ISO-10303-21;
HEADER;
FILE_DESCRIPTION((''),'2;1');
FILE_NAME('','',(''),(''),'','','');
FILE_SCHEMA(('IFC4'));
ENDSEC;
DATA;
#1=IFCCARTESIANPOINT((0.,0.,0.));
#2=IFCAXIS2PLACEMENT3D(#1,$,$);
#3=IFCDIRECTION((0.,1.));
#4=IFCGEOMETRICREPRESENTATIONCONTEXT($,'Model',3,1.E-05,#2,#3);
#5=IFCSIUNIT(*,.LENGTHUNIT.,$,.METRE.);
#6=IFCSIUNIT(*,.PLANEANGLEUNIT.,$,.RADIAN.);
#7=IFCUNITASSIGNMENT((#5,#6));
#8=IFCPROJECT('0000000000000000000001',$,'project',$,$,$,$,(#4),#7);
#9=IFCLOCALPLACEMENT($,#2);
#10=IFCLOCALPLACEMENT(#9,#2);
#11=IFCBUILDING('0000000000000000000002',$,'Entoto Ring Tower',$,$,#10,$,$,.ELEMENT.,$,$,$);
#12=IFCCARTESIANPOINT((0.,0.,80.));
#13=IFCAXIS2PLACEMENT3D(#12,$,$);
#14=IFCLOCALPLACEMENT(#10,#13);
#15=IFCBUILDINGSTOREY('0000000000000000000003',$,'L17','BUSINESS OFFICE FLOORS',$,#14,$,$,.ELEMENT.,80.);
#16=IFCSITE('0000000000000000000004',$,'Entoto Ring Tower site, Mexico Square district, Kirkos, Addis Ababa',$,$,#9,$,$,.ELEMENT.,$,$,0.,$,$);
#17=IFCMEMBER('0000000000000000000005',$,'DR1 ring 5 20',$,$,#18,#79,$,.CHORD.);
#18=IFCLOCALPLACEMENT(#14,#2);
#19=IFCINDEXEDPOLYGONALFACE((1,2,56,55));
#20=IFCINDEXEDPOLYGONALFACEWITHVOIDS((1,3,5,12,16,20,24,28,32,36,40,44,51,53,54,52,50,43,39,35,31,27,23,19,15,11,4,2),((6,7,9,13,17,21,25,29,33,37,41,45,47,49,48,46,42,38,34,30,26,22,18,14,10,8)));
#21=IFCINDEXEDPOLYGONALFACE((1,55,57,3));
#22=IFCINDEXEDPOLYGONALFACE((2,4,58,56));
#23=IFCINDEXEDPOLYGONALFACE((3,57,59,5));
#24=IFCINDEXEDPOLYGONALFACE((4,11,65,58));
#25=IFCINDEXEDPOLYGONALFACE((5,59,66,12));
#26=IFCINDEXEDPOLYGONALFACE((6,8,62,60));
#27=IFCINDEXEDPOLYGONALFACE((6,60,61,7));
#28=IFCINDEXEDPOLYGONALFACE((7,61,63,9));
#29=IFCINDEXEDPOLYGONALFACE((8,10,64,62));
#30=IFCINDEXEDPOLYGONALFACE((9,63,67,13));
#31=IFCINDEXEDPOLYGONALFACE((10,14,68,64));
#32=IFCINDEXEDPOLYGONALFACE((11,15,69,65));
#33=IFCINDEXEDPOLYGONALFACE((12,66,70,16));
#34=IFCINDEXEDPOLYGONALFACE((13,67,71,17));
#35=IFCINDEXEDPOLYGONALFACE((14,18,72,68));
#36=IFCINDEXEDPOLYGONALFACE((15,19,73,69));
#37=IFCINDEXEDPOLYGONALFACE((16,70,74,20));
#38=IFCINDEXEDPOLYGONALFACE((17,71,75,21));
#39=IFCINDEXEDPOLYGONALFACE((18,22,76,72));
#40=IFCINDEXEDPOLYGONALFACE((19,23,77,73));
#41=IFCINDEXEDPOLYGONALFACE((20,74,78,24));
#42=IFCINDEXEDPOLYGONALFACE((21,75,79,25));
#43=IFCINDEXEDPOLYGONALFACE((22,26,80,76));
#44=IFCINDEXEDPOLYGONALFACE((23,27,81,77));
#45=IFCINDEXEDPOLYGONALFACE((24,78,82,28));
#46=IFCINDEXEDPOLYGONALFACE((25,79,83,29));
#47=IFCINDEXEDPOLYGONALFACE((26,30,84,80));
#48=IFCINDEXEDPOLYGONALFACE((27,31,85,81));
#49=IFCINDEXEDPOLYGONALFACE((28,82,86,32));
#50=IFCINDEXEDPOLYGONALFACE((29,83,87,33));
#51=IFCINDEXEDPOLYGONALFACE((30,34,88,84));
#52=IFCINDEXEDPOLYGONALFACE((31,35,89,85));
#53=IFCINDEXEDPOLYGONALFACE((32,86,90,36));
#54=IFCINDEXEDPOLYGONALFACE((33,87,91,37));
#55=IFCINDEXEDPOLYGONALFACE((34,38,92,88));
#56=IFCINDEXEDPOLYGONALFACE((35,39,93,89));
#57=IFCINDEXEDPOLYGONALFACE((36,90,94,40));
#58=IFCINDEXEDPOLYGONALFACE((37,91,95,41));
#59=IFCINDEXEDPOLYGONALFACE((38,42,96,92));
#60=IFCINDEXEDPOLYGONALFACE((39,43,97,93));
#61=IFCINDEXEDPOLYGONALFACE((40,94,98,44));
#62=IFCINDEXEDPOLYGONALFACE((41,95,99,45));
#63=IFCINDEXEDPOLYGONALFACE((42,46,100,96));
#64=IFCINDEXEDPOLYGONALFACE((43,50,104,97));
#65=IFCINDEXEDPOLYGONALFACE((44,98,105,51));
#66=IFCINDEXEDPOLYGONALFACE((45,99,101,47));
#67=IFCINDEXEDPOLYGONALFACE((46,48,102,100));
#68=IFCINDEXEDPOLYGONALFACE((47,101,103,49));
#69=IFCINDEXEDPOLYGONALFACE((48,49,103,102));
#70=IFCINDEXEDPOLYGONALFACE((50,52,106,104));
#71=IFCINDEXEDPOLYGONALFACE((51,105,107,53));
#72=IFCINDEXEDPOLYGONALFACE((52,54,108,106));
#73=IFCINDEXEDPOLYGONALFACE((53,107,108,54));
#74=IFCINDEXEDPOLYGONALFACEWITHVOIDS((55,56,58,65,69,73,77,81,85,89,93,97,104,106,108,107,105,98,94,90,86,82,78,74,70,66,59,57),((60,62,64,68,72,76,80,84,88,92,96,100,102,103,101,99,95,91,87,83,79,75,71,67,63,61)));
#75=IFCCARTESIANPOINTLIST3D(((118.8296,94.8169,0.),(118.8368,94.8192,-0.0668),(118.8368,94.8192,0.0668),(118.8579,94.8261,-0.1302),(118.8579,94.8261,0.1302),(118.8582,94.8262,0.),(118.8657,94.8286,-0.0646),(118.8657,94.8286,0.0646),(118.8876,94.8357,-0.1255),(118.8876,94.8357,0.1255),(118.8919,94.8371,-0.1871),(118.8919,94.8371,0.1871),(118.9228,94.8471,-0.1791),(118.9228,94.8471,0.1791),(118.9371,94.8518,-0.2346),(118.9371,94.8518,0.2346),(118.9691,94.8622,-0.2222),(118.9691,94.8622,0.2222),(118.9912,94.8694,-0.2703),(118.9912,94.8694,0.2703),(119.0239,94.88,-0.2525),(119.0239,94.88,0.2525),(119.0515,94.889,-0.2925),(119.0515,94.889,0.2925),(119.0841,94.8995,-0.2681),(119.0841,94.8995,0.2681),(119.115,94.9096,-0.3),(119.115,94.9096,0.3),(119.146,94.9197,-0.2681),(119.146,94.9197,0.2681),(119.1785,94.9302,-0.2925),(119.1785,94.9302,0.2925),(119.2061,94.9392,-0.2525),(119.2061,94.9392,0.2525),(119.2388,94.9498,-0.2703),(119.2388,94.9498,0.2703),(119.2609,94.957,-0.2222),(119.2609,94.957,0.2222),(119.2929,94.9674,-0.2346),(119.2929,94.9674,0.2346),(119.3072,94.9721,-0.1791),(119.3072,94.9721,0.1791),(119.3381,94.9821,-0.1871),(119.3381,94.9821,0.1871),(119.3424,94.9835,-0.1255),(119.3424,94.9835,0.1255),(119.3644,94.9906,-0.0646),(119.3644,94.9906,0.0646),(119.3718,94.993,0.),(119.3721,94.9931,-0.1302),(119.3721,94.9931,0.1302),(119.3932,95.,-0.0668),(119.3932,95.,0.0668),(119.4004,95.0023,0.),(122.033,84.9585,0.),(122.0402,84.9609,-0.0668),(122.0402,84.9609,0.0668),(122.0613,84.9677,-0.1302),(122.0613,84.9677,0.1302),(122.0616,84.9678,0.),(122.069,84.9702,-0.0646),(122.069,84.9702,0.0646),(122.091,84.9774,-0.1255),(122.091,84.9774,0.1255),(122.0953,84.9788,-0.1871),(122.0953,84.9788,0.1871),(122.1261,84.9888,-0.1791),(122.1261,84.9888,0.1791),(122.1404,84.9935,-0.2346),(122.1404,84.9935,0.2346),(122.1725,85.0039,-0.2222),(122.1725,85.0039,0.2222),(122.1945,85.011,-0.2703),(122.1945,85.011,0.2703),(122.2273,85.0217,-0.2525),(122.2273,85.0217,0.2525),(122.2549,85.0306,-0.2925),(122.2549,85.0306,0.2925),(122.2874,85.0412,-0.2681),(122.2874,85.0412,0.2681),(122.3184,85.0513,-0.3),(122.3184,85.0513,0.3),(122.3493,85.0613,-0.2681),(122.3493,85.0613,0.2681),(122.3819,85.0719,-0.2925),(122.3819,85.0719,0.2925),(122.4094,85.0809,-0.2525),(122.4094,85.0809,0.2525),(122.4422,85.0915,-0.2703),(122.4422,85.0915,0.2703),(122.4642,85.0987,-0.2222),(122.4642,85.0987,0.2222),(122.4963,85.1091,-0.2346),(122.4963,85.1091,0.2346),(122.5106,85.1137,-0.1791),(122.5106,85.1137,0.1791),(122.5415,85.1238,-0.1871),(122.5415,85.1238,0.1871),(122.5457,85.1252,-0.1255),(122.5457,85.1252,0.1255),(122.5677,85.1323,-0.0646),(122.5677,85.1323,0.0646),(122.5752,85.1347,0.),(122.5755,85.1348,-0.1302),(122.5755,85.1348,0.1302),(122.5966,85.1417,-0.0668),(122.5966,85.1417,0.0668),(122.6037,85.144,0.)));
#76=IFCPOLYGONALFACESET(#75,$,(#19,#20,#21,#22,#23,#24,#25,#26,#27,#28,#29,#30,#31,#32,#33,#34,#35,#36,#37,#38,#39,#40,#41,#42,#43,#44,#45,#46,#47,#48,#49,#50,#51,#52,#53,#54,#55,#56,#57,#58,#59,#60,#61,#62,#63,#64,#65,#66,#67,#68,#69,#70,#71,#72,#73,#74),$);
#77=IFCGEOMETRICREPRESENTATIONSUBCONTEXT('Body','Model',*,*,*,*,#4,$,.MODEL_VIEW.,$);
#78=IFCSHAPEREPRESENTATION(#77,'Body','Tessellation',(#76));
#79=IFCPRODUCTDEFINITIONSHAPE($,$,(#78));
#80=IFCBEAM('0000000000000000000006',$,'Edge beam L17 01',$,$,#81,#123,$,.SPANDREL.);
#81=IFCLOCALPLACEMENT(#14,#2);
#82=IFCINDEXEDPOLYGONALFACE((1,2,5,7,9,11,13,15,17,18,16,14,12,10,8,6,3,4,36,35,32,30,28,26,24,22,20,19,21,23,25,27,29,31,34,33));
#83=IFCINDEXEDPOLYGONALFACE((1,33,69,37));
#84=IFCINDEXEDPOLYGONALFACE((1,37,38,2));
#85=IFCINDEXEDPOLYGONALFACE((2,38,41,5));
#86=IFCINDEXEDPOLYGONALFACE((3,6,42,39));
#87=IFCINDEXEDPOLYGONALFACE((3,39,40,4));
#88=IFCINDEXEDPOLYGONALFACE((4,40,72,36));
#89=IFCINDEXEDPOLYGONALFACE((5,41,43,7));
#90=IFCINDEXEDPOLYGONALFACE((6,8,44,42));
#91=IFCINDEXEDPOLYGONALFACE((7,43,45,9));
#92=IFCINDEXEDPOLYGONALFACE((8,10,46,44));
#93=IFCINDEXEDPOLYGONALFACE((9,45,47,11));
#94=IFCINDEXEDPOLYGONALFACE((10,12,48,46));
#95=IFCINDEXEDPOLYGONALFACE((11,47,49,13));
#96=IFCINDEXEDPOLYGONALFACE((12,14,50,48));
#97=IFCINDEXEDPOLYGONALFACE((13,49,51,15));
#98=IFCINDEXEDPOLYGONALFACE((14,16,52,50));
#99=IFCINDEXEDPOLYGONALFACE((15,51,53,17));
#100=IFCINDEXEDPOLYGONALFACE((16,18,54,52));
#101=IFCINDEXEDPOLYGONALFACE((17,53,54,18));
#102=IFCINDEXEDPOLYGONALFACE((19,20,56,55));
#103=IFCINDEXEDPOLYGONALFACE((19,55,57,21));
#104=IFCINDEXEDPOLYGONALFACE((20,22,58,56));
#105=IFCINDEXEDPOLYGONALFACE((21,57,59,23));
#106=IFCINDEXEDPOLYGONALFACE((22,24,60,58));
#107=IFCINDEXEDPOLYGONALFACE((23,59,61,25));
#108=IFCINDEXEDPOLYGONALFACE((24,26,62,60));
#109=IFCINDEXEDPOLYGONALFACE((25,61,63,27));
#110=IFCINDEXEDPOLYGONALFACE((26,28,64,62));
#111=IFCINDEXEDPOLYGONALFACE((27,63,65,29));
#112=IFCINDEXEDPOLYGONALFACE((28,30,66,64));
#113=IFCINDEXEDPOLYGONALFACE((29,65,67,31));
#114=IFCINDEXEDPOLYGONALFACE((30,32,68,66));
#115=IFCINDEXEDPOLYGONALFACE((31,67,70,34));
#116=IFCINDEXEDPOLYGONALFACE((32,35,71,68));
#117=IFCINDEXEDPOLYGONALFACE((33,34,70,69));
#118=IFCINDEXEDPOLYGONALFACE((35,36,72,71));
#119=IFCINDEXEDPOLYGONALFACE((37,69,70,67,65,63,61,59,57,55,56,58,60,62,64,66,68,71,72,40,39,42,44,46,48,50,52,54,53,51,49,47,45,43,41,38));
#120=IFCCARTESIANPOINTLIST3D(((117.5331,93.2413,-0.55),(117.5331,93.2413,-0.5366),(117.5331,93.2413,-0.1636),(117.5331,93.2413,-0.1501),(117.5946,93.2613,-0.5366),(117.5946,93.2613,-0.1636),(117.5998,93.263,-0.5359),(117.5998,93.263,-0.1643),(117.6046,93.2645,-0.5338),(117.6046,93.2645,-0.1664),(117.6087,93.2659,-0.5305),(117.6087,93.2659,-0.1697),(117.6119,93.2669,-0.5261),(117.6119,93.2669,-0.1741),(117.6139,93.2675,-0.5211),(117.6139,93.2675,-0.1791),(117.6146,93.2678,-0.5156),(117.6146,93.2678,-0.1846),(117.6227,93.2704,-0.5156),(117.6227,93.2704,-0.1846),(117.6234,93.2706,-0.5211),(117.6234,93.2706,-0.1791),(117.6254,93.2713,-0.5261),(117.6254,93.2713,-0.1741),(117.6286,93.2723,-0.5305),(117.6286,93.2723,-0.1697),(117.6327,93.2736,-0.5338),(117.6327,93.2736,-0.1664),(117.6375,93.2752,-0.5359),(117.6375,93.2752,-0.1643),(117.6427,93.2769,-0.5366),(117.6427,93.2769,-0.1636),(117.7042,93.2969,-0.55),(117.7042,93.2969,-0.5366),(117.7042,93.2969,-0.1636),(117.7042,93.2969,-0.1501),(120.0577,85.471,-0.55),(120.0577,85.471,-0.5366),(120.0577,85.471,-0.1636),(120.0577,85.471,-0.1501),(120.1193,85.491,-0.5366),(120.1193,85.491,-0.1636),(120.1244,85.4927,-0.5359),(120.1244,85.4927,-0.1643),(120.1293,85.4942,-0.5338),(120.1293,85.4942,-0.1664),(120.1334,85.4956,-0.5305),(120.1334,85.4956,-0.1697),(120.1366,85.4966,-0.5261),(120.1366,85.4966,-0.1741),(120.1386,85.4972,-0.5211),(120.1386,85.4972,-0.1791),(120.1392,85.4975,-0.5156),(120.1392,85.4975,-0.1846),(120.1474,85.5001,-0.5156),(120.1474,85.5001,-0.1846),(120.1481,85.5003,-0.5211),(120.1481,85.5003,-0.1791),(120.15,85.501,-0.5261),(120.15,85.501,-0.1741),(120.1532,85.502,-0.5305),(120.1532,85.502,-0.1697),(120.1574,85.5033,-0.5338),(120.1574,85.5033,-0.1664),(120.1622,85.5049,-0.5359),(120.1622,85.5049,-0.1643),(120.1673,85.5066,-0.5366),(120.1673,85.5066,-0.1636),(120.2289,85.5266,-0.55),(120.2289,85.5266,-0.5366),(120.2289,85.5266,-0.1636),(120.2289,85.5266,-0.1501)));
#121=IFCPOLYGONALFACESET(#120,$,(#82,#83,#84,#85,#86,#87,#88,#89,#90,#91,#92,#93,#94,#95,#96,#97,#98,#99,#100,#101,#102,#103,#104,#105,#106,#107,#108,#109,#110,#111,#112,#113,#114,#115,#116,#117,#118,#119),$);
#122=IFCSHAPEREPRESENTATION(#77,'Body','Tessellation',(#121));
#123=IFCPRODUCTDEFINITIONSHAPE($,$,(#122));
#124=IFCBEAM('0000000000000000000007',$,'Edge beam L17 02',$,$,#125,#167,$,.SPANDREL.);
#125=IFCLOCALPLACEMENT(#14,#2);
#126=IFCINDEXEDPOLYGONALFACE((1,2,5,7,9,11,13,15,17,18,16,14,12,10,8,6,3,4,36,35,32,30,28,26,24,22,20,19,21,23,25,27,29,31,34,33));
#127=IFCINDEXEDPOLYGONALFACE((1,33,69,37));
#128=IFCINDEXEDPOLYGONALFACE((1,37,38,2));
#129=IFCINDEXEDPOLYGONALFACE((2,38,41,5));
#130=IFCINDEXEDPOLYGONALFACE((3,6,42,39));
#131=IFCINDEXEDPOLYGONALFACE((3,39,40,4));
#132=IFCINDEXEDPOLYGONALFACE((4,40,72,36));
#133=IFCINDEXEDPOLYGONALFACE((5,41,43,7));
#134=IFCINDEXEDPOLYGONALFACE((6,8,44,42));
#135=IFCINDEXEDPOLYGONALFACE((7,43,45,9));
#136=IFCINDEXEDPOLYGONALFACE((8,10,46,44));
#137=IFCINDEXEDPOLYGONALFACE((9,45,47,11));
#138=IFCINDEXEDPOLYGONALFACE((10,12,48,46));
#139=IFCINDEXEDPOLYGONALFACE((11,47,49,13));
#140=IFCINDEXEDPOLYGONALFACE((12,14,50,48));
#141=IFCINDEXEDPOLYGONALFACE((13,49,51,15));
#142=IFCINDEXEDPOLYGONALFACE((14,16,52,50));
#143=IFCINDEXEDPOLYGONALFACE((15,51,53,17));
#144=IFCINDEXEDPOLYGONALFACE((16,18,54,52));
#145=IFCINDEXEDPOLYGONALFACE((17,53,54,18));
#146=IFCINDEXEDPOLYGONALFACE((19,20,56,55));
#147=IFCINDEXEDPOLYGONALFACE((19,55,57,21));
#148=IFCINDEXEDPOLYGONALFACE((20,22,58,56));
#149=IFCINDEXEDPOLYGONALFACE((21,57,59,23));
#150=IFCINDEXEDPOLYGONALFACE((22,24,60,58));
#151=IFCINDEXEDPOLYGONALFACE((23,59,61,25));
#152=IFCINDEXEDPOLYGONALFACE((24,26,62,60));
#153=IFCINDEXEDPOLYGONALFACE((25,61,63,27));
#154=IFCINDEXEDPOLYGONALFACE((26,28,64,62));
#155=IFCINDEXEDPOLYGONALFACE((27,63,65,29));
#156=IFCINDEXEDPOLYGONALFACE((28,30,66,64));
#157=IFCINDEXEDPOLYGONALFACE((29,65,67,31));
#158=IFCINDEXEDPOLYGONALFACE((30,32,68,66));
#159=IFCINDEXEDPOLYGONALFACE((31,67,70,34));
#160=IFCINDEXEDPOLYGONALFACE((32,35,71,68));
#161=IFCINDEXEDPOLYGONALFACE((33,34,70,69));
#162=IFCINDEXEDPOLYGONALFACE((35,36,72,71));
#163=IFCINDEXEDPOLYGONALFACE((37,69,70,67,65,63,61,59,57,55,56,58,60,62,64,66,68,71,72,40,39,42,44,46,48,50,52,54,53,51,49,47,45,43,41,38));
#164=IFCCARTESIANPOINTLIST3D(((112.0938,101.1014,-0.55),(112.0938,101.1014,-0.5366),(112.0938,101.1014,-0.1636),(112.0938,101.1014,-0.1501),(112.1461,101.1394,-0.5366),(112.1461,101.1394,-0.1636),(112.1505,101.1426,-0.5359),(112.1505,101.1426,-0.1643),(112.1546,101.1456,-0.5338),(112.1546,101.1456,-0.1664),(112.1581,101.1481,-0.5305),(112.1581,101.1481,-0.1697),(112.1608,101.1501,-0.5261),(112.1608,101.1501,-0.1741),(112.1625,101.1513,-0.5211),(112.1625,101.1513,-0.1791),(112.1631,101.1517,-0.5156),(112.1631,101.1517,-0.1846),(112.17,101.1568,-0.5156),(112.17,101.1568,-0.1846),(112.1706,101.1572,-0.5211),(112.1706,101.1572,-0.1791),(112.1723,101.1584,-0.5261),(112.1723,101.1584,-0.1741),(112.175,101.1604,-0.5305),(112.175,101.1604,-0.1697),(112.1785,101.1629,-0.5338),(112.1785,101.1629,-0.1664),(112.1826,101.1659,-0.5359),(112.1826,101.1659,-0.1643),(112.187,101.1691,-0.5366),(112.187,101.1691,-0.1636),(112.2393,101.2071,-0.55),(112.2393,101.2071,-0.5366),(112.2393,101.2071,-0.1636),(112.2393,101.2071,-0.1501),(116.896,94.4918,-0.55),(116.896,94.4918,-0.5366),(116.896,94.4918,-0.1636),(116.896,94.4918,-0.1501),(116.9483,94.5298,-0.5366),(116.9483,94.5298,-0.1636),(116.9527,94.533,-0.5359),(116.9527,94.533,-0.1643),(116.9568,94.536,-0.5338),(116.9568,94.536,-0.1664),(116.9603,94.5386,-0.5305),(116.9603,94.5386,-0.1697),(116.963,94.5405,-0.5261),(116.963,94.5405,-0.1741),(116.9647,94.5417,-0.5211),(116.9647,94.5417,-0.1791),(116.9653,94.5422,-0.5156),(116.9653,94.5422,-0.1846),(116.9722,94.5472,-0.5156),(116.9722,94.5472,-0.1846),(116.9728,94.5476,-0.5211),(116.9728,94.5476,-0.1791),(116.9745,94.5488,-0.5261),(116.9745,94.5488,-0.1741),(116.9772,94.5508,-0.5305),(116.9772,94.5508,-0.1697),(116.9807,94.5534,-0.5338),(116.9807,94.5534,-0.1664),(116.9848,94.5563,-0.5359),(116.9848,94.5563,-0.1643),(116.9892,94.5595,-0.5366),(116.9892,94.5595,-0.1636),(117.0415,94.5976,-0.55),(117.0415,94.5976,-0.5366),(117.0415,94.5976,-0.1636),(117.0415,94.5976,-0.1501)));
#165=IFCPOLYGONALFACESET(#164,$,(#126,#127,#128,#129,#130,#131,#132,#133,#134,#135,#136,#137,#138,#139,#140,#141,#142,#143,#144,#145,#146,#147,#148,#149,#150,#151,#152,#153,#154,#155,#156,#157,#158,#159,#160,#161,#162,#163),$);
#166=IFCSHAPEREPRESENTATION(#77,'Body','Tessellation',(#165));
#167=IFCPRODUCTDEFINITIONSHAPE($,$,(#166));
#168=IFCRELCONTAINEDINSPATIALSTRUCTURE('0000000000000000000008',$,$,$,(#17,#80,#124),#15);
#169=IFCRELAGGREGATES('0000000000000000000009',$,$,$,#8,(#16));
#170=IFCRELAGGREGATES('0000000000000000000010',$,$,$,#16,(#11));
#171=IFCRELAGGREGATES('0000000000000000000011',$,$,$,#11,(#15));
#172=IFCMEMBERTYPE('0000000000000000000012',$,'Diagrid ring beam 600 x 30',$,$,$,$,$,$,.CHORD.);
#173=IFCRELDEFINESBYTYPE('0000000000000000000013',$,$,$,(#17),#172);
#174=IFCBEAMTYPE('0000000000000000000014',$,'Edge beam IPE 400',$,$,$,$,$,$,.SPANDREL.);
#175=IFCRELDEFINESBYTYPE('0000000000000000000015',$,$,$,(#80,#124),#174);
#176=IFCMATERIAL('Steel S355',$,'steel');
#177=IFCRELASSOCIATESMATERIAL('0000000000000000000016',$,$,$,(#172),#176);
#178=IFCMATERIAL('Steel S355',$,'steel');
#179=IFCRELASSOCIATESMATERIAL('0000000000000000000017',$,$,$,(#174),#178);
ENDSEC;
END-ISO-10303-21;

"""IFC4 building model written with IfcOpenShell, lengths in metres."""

from ifc_helpers import new_model, si_unit, direction, frame, origin, origin_2d, place, context, subcontext, project, spatial, circle, hollow_circle, i_section, extrude, material, material_profile, profile_set, type_object, element, save


model = new_model("IFC4")

# Units and contexts
model_context = context("Model", 3, precision=1e-05, world=origin(), true_north=direction((0.0, 1.0)))
body_context = subcontext(model_context, "Body", "Model", "MODEL_VIEW")
ifc_project = project(units=[si_unit("LENGTHUNIT", "METRE"), si_unit("PLANEANGLEUNIT", "RADIAN")], contexts=[model_context])

# Site, building, storey
site_placement = place(None, origin())
site = spatial("IfcSite", under=ifc_project, at=site_placement, Name="Entoto Ring Tower site, Mexico Square district, Kirkos, Addis Ababa", CompositionType="ELEMENT", RefElevation=0.0)
building_placement = place(site_placement, origin())
building = spatial("IfcBuilding", under=site, at=building_placement, Name="Entoto Ring Tower", CompositionType="ELEMENT")
storey_placement = place(building_placement, frame((0.0, 0.0, 80.0)))
storey = spatial("IfcBuildingStorey", under=building, at=storey_placement, Name="L17", Description="BUSINESS OFFICE FLOORS", CompositionType="ELEMENT", Elevation=80.0)

# Member
ifc_material_1 = material(Name="Steel S355", Category="steel")
ifc_material_profile_1 = material_profile(ifc_material_1, hollow_circle(Radius=0.3, WallThickness=0.03, at=origin_2d()), Name="CHS 600 x 30")
ifc_material_2 = material(Name="Concrete C60/75", Category="concrete")
ifc_material_profile_2 = material_profile(ifc_material_2, circle(Radius=0.27, at=origin_2d()), Name="Concrete C60/75 infill")
ifc_profile_set_1 = profile_set([ifc_material_profile_1, ifc_material_profile_2], Name="Steel S355")
member_type_1 = type_object("IfcMemberType", Name="Diagrid ring beam 600 x 30", PredefinedType="CHORD", material=ifc_profile_set_1)
for number, where, z_axis, x_axis, name in (
    (1, (122.3184, 85.0513, 0.0), (-0.309033, 0.951051, 0.0), (-0.951051, -0.309033, 0.0), "DR1 ring 5 20"),
):
    element("IfcMember", number, at=place(storey_placement, frame(where, z_axis=z_axis, x_axis=x_axis)), inside=storey, type_object=member_type_1, Name=name, PredefinedType="CHORD", context=body_context, shape_type="SweptSolid", body=[
        extrude(hollow_circle(Radius=0.3, WallThickness=0.03, at=origin_2d()), origin(), (0.0, 0.0, 1.0), 10.3657),
    ])

# Beams
ifc_material_3 = material(Name="Steel S355", Category="steel")
ifc_material_profile_3 = material_profile(ifc_material_3, i_section(OverallWidth=0.1799, OverallDepth=0.3999, WebThickness=0.0085, FlangeThickness=0.0134, FilletRadius=0.021, at=origin_2d()), Name="IPE 400")
ifc_profile_set_2 = profile_set([ifc_material_profile_3], Name="Steel S355")
beam_type_1 = type_object("IfcBeamType", Name="Edge beam IPE 400", PredefinedType="SPANDREL", material=ifc_profile_set_2)
beam_1_placement = place(storey_placement, frame((120.1433, 85.4988, -0.3501), z_axis=(-0.309011, 0.951058, 0.0), x_axis=(-0.951058, -0.309011, 0.0)))
element("IfcBeam", 2, at=beam_1_placement, inside=storey, type_object=beam_type_1, Name="Edge beam L17 01", PredefinedType="SPANDREL", context=body_context, shape_type="SweptSolid", body=[
    extrude(i_section(OverallWidth=0.1799, OverallDepth=0.3999, WebThickness=0.0085, FlangeThickness=0.0134, FilletRadius=0.021, at=origin_2d()), origin(), (0.0, 0.0, 1.0), 8.1702),
])
for number, where, z_axis, x_axis, name in (
    (3, (116.9688, 94.5447, -0.3501), (-0.587791, 0.809013, 0.0), (-0.809013, -0.587791, 0.0), "Edge beam L17 02"),
):
    element("IfcBeam", number, at=place(storey_placement, frame(where, z_axis=z_axis, x_axis=x_axis)), inside=storey, type_object=beam_type_1, Name=name, PredefinedType="SPANDREL", context=body_context, shape_type="SweptSolid", body=[
        extrude(i_section(OverallWidth=0.1799, OverallDepth=0.3999, WebThickness=0.0085, FlangeThickness=0.0134, FilletRadius=0.021, at=origin_2d()), origin(), (0.0, 0.0, 1.0), 8.1699),
    ])

save(model, "model.ifc")
